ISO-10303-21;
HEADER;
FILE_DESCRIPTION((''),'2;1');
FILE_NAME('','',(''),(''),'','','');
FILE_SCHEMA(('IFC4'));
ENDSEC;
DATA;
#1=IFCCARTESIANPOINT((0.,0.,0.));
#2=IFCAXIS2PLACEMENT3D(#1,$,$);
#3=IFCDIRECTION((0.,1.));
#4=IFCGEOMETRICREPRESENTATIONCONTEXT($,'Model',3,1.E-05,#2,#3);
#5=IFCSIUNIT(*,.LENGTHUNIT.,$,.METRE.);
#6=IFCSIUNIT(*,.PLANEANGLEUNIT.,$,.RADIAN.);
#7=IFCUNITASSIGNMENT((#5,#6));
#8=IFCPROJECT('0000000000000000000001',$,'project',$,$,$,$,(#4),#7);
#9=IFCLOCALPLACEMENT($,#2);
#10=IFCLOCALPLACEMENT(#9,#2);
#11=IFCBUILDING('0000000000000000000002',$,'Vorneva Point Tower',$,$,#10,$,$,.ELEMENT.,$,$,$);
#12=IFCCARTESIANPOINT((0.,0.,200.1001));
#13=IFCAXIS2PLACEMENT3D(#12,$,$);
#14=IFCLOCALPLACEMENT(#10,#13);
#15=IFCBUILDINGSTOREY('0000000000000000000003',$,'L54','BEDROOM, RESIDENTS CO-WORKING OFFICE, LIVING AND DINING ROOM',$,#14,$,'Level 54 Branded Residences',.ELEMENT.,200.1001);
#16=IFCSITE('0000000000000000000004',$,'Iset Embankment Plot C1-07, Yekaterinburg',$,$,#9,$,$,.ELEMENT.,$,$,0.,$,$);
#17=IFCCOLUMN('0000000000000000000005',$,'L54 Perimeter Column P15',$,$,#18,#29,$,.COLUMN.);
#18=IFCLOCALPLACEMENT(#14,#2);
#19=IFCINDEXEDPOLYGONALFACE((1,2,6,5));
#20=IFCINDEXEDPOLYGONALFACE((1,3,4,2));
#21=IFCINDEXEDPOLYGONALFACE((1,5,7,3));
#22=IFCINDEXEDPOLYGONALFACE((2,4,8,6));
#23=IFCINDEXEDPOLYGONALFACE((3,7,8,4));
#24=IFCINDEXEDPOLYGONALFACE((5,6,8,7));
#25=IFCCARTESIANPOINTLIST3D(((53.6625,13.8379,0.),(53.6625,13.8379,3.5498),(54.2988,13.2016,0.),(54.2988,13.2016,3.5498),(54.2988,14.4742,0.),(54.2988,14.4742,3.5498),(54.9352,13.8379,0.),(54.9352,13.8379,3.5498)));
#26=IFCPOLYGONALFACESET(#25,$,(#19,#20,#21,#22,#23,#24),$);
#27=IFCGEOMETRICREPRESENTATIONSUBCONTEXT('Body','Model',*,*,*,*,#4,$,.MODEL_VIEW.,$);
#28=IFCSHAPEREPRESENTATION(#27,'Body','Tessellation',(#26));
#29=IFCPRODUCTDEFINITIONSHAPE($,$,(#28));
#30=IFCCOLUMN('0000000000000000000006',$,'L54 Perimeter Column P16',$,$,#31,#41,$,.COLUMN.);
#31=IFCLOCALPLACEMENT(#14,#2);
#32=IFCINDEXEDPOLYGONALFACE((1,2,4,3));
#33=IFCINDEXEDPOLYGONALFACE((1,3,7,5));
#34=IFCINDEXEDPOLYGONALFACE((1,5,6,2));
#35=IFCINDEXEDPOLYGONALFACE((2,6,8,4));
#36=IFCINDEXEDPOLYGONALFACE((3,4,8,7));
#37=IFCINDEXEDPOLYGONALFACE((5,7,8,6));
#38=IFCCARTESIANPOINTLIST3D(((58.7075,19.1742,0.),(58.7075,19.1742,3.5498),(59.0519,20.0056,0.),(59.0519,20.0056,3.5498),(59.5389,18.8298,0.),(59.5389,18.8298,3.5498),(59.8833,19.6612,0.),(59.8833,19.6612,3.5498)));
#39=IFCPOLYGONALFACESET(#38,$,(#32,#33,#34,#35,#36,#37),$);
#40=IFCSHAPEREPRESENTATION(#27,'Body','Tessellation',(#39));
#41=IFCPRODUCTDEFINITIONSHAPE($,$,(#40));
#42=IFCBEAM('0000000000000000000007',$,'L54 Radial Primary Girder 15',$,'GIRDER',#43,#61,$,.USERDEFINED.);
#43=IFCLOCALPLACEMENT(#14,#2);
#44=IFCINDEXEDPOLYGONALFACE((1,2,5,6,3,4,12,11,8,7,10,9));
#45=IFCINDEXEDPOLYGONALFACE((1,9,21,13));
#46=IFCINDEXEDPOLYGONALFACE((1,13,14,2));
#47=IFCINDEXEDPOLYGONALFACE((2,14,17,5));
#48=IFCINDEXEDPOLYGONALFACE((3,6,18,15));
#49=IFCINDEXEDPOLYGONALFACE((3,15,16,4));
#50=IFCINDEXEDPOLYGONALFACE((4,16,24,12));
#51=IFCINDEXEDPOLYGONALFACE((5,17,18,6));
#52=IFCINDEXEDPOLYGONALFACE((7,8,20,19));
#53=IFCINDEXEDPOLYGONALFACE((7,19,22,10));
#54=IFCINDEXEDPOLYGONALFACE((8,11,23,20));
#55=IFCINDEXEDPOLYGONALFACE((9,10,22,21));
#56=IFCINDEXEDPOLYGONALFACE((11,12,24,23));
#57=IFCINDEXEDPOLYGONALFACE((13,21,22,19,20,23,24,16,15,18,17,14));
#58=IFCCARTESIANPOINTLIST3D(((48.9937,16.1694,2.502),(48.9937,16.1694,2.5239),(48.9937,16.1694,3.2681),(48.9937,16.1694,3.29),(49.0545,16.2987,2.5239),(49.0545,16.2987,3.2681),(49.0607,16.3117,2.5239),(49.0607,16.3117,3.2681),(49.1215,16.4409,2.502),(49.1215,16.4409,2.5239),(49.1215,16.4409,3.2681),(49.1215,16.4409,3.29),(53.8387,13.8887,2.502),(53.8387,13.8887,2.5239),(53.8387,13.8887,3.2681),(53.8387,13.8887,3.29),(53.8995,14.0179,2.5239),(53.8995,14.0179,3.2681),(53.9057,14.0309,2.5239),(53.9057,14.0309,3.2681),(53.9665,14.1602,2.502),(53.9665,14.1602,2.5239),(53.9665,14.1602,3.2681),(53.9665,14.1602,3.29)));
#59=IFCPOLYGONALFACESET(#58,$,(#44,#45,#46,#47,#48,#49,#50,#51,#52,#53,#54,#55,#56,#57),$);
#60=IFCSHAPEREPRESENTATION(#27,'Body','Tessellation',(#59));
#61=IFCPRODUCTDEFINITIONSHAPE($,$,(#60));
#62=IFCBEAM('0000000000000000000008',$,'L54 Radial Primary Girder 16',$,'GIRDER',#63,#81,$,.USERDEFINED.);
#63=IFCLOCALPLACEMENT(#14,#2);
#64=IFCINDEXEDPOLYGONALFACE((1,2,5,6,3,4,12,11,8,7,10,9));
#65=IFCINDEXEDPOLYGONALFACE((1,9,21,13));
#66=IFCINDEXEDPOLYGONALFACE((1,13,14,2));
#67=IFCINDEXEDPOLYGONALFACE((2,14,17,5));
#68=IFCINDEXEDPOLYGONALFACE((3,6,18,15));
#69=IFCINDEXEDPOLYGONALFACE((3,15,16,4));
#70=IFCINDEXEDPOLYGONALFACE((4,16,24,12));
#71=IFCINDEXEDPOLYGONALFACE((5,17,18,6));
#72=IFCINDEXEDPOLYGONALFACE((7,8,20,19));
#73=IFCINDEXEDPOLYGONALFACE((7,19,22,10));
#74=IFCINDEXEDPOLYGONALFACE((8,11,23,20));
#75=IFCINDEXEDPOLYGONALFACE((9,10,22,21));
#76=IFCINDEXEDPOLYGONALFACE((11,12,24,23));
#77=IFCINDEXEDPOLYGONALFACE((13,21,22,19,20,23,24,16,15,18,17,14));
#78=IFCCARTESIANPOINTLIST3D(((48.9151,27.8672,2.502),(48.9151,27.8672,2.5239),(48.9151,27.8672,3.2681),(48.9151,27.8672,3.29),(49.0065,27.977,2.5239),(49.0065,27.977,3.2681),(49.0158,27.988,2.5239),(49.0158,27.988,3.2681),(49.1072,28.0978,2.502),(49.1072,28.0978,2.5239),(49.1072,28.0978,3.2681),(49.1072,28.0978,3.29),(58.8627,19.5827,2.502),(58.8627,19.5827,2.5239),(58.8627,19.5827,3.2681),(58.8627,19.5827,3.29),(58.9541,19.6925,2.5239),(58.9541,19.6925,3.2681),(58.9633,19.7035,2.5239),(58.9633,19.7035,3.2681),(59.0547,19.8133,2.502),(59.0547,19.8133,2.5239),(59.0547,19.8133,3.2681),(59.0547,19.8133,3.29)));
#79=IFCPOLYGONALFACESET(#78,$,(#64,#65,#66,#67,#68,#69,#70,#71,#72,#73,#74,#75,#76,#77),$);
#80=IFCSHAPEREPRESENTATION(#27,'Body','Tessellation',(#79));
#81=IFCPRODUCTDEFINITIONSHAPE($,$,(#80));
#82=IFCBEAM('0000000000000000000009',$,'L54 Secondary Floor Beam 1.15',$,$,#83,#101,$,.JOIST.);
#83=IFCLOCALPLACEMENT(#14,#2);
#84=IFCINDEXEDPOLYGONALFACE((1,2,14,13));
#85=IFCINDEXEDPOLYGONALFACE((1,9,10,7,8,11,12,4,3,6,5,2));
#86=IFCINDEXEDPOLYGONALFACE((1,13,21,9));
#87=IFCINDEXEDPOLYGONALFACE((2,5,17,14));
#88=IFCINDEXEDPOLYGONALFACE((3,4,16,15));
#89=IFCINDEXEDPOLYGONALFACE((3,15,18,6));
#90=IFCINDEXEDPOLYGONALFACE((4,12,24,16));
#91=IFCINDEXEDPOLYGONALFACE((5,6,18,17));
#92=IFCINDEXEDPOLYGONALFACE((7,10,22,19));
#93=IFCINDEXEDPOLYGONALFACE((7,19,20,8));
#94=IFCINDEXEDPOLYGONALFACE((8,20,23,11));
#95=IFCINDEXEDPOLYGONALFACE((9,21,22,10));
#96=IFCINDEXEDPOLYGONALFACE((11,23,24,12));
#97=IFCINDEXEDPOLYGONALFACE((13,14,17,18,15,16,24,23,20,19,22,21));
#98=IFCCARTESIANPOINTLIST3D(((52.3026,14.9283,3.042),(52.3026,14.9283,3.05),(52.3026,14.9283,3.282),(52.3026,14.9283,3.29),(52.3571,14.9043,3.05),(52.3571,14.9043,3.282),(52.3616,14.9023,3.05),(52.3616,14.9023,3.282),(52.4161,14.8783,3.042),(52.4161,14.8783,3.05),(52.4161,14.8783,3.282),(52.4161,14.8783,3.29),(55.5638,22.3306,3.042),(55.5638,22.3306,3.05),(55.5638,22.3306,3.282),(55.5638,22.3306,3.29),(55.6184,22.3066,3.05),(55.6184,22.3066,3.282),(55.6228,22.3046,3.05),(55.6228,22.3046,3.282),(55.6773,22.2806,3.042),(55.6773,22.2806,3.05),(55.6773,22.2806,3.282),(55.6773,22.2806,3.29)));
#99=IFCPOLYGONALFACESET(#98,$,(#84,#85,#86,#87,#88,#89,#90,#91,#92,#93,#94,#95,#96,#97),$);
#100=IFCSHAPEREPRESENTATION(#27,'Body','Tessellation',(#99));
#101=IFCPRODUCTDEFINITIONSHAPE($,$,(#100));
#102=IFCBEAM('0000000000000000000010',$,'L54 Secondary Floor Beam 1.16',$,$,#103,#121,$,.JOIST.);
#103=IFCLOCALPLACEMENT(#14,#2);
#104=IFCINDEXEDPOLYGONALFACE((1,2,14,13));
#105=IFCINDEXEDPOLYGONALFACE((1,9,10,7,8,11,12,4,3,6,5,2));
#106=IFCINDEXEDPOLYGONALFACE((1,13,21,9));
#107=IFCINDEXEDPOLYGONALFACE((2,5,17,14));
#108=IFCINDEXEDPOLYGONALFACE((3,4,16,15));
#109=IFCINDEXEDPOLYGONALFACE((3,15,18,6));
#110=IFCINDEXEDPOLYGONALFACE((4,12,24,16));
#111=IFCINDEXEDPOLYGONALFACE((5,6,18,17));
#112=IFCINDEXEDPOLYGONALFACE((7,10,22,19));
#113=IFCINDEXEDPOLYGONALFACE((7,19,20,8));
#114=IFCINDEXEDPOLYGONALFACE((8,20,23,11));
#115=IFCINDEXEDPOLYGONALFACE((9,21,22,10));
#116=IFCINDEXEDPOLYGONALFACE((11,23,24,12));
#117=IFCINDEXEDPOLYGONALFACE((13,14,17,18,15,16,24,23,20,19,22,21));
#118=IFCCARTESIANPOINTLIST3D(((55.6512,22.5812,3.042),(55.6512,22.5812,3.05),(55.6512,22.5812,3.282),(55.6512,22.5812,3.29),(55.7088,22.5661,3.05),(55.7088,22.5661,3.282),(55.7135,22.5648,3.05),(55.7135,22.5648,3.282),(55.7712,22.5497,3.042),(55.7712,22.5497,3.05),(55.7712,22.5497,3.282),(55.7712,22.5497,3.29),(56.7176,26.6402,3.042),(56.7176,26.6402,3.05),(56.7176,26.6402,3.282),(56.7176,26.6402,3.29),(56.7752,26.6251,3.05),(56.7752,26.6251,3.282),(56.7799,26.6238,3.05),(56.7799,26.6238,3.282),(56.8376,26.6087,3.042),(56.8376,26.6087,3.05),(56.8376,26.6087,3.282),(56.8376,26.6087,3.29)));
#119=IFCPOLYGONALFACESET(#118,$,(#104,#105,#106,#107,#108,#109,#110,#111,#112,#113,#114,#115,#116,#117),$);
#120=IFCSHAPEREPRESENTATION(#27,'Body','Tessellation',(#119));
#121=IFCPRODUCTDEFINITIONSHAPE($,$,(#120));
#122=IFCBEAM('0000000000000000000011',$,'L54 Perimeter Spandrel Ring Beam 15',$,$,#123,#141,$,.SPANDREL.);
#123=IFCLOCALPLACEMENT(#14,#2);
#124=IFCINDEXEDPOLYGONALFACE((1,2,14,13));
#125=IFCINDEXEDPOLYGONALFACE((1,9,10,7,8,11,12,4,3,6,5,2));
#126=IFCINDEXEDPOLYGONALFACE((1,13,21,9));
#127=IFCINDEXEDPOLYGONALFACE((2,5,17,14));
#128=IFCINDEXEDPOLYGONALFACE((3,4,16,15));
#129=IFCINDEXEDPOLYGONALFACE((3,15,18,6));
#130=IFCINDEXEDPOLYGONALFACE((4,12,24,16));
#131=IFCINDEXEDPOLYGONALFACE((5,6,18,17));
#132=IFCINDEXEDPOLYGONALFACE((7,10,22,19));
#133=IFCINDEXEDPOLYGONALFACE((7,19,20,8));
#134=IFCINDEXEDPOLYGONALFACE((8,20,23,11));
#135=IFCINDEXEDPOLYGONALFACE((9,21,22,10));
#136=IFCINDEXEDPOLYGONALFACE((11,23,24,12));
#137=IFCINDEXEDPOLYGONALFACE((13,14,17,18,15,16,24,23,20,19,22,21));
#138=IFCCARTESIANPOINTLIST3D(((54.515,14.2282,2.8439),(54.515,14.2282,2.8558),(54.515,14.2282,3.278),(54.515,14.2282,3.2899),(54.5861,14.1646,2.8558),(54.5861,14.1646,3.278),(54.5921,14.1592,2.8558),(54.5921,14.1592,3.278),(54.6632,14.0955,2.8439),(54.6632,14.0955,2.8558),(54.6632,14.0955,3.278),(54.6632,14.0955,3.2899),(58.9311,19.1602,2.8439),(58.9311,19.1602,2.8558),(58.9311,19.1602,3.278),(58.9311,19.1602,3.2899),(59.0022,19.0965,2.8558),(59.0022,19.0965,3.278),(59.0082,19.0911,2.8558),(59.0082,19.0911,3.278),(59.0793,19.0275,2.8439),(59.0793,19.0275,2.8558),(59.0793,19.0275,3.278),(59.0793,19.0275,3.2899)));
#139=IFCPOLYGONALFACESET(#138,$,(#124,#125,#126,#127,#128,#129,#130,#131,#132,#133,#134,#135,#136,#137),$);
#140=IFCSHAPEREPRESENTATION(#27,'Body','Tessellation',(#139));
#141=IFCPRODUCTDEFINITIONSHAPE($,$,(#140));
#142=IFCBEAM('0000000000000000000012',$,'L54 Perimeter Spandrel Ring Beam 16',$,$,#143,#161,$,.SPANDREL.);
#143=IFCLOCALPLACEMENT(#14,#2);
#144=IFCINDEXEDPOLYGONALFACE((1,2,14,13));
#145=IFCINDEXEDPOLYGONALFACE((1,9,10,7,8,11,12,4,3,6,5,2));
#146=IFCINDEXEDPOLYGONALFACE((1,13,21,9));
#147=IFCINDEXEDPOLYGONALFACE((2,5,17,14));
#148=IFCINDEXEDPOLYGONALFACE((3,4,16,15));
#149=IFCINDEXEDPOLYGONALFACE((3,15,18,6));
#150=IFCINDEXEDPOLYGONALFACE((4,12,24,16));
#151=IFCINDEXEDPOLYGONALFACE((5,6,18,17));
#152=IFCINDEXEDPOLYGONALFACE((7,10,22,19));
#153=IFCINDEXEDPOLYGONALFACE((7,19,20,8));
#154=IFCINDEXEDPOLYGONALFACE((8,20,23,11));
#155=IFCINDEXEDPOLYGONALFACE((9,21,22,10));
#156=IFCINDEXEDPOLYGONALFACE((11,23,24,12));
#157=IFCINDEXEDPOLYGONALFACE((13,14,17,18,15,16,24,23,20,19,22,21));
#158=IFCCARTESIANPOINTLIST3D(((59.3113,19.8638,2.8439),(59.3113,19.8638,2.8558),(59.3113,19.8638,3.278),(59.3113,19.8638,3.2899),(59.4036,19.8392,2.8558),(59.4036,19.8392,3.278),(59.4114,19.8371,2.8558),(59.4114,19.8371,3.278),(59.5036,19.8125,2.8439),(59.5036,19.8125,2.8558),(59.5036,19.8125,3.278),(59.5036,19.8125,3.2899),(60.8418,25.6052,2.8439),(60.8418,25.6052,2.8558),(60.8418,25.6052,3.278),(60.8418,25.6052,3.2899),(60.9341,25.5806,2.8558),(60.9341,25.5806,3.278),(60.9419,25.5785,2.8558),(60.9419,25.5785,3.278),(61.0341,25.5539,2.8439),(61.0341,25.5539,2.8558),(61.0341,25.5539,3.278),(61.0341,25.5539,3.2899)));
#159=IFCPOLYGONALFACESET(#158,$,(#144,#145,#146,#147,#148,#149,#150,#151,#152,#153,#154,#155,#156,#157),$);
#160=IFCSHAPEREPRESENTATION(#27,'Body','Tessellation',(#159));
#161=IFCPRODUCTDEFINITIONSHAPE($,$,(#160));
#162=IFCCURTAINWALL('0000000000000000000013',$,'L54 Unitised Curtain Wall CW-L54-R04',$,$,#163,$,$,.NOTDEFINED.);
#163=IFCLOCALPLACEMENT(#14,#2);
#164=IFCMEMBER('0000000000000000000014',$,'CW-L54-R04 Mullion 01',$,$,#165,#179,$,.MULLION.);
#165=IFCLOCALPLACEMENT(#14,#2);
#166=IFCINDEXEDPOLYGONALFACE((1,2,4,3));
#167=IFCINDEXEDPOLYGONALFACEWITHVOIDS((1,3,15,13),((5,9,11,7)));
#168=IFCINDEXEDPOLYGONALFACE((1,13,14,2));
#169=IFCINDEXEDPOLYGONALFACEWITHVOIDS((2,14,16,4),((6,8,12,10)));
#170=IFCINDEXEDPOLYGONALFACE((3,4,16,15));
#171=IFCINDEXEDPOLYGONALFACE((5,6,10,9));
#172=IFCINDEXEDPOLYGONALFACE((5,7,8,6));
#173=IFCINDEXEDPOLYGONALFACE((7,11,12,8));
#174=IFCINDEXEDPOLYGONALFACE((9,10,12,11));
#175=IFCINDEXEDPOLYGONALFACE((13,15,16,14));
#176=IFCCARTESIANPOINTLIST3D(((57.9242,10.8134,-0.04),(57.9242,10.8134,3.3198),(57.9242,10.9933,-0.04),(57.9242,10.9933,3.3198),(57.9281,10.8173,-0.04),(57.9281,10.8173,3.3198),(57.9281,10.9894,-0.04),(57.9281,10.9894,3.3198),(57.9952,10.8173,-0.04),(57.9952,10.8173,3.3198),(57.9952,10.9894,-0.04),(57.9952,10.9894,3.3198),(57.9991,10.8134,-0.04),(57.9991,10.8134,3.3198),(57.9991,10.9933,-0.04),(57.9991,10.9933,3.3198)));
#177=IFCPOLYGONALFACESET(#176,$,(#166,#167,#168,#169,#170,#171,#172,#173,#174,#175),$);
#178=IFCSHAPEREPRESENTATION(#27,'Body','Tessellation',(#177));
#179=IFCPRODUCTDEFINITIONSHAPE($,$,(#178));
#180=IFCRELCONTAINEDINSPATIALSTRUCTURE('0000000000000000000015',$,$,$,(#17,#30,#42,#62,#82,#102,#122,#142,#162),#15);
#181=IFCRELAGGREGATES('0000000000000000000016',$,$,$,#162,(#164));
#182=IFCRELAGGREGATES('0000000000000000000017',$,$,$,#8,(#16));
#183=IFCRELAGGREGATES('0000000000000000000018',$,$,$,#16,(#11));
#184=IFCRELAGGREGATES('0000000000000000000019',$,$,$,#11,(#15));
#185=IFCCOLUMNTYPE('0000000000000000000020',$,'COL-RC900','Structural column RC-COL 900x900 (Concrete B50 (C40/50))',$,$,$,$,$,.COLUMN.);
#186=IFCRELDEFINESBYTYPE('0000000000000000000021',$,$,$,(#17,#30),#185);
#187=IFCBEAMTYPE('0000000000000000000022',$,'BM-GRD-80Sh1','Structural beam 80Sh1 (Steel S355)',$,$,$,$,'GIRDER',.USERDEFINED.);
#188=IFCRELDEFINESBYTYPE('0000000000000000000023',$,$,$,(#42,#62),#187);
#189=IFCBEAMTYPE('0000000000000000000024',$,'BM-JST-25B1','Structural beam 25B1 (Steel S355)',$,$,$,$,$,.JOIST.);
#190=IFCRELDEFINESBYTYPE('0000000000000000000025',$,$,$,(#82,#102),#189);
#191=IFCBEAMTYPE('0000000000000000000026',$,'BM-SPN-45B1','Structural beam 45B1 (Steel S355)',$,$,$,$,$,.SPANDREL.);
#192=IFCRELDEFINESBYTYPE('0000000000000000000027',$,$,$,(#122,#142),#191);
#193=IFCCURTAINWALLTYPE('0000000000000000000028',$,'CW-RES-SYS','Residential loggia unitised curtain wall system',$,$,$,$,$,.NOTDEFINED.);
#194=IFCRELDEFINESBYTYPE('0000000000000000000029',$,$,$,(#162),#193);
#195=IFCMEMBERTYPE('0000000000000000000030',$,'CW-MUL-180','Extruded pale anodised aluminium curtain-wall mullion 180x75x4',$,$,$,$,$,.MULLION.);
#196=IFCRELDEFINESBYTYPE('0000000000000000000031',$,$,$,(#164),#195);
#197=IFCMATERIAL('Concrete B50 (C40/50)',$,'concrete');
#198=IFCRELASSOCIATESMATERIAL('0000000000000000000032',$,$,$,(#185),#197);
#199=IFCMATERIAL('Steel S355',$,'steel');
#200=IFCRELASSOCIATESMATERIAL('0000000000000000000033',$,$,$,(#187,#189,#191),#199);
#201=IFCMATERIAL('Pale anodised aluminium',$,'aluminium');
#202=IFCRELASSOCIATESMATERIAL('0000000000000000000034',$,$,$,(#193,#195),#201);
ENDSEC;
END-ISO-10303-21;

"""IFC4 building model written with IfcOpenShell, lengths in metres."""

from ifc_helpers import new_model, si_unit, direction, frame, origin, origin_2d, place, context, subcontext, project, spatial, rectangle, hollow_rectangle, i_section, extrude, material, material_profile, profile_set, type_object, element, aggregate, save


model = new_model("IFC4")

# Units and contexts
model_context = context("Model", 3, precision=1e-05, world=origin(), true_north=direction((0.0, 1.0)))
body_context = subcontext(model_context, "Body", "Model", "MODEL_VIEW")
ifc_project = project(units=[si_unit("LENGTHUNIT", "METRE"), si_unit("PLANEANGLEUNIT", "RADIAN")], contexts=[model_context])

# Site, building, storey
site_placement = place(None, origin())
site = spatial("IfcSite", under=ifc_project, at=site_placement, Name="Iset Embankment Plot C1-07, Yekaterinburg", CompositionType="ELEMENT", RefElevation=0.0)
building_placement = place(site_placement, origin())
building = spatial("IfcBuilding", under=site, at=building_placement, Name="Vorneva Point Tower", CompositionType="ELEMENT")
storey_placement = place(building_placement, frame((0.0, 0.0, 200.1001)))
storey = spatial("IfcBuildingStorey", under=building, at=storey_placement, Name="L54", Description="BEDROOM, RESIDENTS CO-WORKING OFFICE, LIVING AND DINING ROOM", LongName="Level 54 Branded Residences", CompositionType="ELEMENT", Elevation=200.1001)

# Columns
ifc_material_1 = material(Name="Concrete B50 (C40/50)", Category="concrete")
ifc_material_profile_1 = material_profile(ifc_material_1, rectangle(XDim=0.8999, YDim=0.8999, at=origin_2d()), Name="RC-COL 900x900")
ifc_profile_set_1 = profile_set([ifc_material_profile_1], Name="Concrete B50 (C40/50)")
column_type = type_object("IfcColumnType", Name="COL-RC900", Description="Structural column RC-COL 900x900 (Concrete B50 (C40/50))", PredefinedType="COLUMN", material=ifc_profile_set_1)
for number, where, z_axis, x_axis, name in (
    (1, (54.2988, 13.8379, 0.0), (0.0, 0.0, 1.0), (0.707107, -0.707107, 0.0), "L54 Perimeter Column P15"),
    (2, (59.2954, 19.4177, 0.0), (0.0, 0.0, 1.0), (0.92388, -0.382683, 0.0), "L54 Perimeter Column P16"),
):
    element("IfcColumn", number, at=place(storey_placement, frame(where, z_axis=z_axis, x_axis=x_axis)), inside=storey, type_object=column_type, Name=name, PredefinedType="COLUMN", context=body_context, shape_type="SweptSolid", body=[
        extrude(rectangle(XDim=0.8999, YDim=0.8999, at=origin_2d()), origin(), (0.0, 0.0, 1.0), 3.5498),
    ])

# Beams
ifc_material_2 = material(Name="Steel S355", Category="steel")
ifc_material_profile_2 = material_profile(ifc_material_2, i_section(OverallWidth=0.3, OverallDepth=0.7881, WebThickness=0.0144, FlangeThickness=0.022, at=origin_2d()), Name="80Sh1")
ifc_profile_set_2 = profile_set([ifc_material_profile_2], Name="Steel S355")
beam_type_1 = type_object("IfcBeamType", Name="BM-GRD-80Sh1", Description="Structural beam 80Sh1 (Steel S355)", ElementType="GIRDER", PredefinedType="USERDEFINED", material=ifc_profile_set_2)
beam_1_placement = place(storey_placement, frame((53.9026, 14.0244, 2.896), z_axis=(-0.904763, 0.425916, 0.0), x_axis=(-0.425916, -0.904763, 0.0)))
element("IfcBeam", 3, at=beam_1_placement, inside=storey, type_object=beam_type_1, Name="L54 Radial Primary Girder 15", ObjectType="GIRDER", PredefinedType="USERDEFINED", context=body_context, shape_type="SweptSolid", body=[
    extrude(i_section(OverallWidth=0.3, OverallDepth=0.7881, WebThickness=0.0144, FlangeThickness=0.022, at=origin_2d()), origin(), (0.0, 0.0, 1.0), 5.355),
])
beam_2_placement = place(storey_placement, frame((58.9587, 19.698, 2.896), z_axis=(-0.768418, 0.639949, 0.0), x_axis=(-0.639949, -0.768418, 0.0)))
element("IfcBeam", 4, at=beam_2_placement, inside=storey, type_object=beam_type_1, Name="L54 Radial Primary Girder 16", ObjectType="GIRDER", PredefinedType="USERDEFINED", context=body_context, shape_type="SweptSolid", body=[
    extrude(i_section(OverallWidth=0.3, OverallDepth=0.7881, WebThickness=0.0144, FlangeThickness=0.022, at=origin_2d()), origin(), (0.0, 0.0, 1.0), 12.9456),
])
ifc_material_profile_3 = material_profile(ifc_material_2, i_section(OverallWidth=0.124, OverallDepth=0.248, WebThickness=0.0049, FlangeThickness=0.0081, at=origin_2d()), Name="25B1")
ifc_profile_set_3 = profile_set([ifc_material_profile_3], Name="Steel S355")
beam_type_2 = type_object("IfcBeamType", Name="BM-JST-25B1", Description="Structural beam 25B1 (Steel S355)", PredefinedType="JOIST", material=ifc_profile_set_3)
beam_3_placement = place(storey_placement, frame((52.3594, 14.9033, 3.166), z_axis=(0.403173, 0.915124, 0.0), x_axis=(-0.915124, 0.403173, 0.0)))
element("IfcBeam", 5, at=beam_3_placement, inside=storey, type_object=beam_type_2, Name="L54 Secondary Floor Beam 1.15", PredefinedType="JOIST", context=body_context, shape_type="SweptSolid", body=[
    extrude(i_section(OverallWidth=0.124, OverallDepth=0.248, WebThickness=0.0049, FlangeThickness=0.0081, at=origin_2d()), origin(), (0.0, 0.0, 1.0), 8.0889),
])
beam_4_placement = place(storey_placement, frame((55.7112, 22.5654, 3.166), z_axis=(0.254098, 0.967178, 0.0), x_axis=(-0.967178, 0.254098, 0.0)))
element("IfcBeam", 6, at=beam_4_placement, inside=storey, type_object=beam_type_2, Name="L54 Secondary Floor Beam 1.16", PredefinedType="JOIST", context=body_context, shape_type="SweptSolid", body=[
    extrude(i_section(OverallWidth=0.124, OverallDepth=0.248, WebThickness=0.0049, FlangeThickness=0.0081, at=origin_2d()), origin(), (0.0, 0.0, 1.0), 4.1968),
])
ifc_material_profile_4 = material_profile(ifc_material_2, i_section(OverallWidth=0.199, OverallDepth=0.446, WebThickness=0.0081, FlangeThickness=0.012, at=origin_2d()), Name="45B1")
ifc_profile_set_4 = profile_set([ifc_material_profile_4], Name="Steel S355")
beam_type_3 = type_object("IfcBeamType", Name="BM-SPN-45B1", Description="Structural beam 45B1 (Steel S355)", PredefinedType="SPANDREL", material=ifc_profile_set_4)
beam_5_placement = place(storey_placement, frame((54.5891, 14.1619, 3.0669), z_axis=(0.66707, 0.744995, 0.0), x_axis=(-0.744995, 0.66707, 0.0)))
element("IfcBeam", 7, at=beam_5_placement, inside=storey, type_object=beam_type_3, Name="L54 Perimeter Spandrel Ring Beam 15", PredefinedType="SPANDREL", context=body_context, shape_type="SweptSolid", body=[
    extrude(i_section(OverallWidth=0.199, OverallDepth=0.446, WebThickness=0.0081, FlangeThickness=0.012, at=origin_2d()), origin(), (0.0, 0.0, 1.0), 6.6201),
])
beam_6_placement = place(storey_placement, frame((59.4075, 19.8381, 3.0669), z_axis=(0.257578, 0.966257, 0.0), x_axis=(-0.966257, 0.257578, 0.0)))
element("IfcBeam", 8, at=beam_6_placement, inside=storey, type_object=beam_type_3, Name="L54 Perimeter Spandrel Ring Beam 16", PredefinedType="SPANDREL", context=body_context, shape_type="SweptSolid", body=[
    extrude(i_section(OverallWidth=0.199, OverallDepth=0.446, WebThickness=0.0081, FlangeThickness=0.012, at=origin_2d()), origin(), (0.0, 0.0, 1.0), 5.9419),
])

# Curtain wall, member
ifc_material_3 = material(Name="Pale anodised aluminium", Category="aluminium")
curtain_wall_type = type_object("IfcCurtainWallType", Name="CW-RES-SYS", Description="Residential loggia unitised curtain wall system", PredefinedType="NOTDEFINED", material=ifc_material_3)
curtain_wall_placement = place(storey_placement, origin())
curtain_wall = element("IfcCurtainWall", 9, at=curtain_wall_placement, inside=storey, type_object=curtain_wall_type, Name="L54 Unitised Curtain Wall CW-L54-R04", PredefinedType="NOTDEFINED")
ifc_material_profile_5 = material_profile(ifc_material_3, hollow_rectangle(XDim=0.075, YDim=0.1799, WallThickness=0.0039, at=origin_2d()), Name="AL-MUL 180x75x4")
ifc_profile_set_5 = profile_set([ifc_material_profile_5], Name="Pale anodised aluminium")
member_type_1 = type_object("IfcMemberType", Name="CW-MUL-180", Description="Extruded pale anodised aluminium curtain-wall mullion 180x75x4", PredefinedType="MULLION", material=ifc_profile_set_5)
member_1_placement = place(storey_placement, frame((57.9617, 10.9033, -0.04), z_axis=(0.0, 0.0, 1.0), x_axis=(1.0, 0.0, 0.0)))
member_1 = element("IfcMember", 10, at=member_1_placement, type_object=member_type_1, Name="CW-L54-R04 Mullion 01", PredefinedType="MULLION", context=body_context, shape_type="SweptSolid", body=[
    extrude(hollow_rectangle(XDim=0.075, YDim=0.1799, WallThickness=0.0039, at=origin_2d()), origin(), (0.0, 0.0, 1.0), 3.3599),
])
aggregate(curtain_wall, [member_1])

save(model, "model.ifc")
